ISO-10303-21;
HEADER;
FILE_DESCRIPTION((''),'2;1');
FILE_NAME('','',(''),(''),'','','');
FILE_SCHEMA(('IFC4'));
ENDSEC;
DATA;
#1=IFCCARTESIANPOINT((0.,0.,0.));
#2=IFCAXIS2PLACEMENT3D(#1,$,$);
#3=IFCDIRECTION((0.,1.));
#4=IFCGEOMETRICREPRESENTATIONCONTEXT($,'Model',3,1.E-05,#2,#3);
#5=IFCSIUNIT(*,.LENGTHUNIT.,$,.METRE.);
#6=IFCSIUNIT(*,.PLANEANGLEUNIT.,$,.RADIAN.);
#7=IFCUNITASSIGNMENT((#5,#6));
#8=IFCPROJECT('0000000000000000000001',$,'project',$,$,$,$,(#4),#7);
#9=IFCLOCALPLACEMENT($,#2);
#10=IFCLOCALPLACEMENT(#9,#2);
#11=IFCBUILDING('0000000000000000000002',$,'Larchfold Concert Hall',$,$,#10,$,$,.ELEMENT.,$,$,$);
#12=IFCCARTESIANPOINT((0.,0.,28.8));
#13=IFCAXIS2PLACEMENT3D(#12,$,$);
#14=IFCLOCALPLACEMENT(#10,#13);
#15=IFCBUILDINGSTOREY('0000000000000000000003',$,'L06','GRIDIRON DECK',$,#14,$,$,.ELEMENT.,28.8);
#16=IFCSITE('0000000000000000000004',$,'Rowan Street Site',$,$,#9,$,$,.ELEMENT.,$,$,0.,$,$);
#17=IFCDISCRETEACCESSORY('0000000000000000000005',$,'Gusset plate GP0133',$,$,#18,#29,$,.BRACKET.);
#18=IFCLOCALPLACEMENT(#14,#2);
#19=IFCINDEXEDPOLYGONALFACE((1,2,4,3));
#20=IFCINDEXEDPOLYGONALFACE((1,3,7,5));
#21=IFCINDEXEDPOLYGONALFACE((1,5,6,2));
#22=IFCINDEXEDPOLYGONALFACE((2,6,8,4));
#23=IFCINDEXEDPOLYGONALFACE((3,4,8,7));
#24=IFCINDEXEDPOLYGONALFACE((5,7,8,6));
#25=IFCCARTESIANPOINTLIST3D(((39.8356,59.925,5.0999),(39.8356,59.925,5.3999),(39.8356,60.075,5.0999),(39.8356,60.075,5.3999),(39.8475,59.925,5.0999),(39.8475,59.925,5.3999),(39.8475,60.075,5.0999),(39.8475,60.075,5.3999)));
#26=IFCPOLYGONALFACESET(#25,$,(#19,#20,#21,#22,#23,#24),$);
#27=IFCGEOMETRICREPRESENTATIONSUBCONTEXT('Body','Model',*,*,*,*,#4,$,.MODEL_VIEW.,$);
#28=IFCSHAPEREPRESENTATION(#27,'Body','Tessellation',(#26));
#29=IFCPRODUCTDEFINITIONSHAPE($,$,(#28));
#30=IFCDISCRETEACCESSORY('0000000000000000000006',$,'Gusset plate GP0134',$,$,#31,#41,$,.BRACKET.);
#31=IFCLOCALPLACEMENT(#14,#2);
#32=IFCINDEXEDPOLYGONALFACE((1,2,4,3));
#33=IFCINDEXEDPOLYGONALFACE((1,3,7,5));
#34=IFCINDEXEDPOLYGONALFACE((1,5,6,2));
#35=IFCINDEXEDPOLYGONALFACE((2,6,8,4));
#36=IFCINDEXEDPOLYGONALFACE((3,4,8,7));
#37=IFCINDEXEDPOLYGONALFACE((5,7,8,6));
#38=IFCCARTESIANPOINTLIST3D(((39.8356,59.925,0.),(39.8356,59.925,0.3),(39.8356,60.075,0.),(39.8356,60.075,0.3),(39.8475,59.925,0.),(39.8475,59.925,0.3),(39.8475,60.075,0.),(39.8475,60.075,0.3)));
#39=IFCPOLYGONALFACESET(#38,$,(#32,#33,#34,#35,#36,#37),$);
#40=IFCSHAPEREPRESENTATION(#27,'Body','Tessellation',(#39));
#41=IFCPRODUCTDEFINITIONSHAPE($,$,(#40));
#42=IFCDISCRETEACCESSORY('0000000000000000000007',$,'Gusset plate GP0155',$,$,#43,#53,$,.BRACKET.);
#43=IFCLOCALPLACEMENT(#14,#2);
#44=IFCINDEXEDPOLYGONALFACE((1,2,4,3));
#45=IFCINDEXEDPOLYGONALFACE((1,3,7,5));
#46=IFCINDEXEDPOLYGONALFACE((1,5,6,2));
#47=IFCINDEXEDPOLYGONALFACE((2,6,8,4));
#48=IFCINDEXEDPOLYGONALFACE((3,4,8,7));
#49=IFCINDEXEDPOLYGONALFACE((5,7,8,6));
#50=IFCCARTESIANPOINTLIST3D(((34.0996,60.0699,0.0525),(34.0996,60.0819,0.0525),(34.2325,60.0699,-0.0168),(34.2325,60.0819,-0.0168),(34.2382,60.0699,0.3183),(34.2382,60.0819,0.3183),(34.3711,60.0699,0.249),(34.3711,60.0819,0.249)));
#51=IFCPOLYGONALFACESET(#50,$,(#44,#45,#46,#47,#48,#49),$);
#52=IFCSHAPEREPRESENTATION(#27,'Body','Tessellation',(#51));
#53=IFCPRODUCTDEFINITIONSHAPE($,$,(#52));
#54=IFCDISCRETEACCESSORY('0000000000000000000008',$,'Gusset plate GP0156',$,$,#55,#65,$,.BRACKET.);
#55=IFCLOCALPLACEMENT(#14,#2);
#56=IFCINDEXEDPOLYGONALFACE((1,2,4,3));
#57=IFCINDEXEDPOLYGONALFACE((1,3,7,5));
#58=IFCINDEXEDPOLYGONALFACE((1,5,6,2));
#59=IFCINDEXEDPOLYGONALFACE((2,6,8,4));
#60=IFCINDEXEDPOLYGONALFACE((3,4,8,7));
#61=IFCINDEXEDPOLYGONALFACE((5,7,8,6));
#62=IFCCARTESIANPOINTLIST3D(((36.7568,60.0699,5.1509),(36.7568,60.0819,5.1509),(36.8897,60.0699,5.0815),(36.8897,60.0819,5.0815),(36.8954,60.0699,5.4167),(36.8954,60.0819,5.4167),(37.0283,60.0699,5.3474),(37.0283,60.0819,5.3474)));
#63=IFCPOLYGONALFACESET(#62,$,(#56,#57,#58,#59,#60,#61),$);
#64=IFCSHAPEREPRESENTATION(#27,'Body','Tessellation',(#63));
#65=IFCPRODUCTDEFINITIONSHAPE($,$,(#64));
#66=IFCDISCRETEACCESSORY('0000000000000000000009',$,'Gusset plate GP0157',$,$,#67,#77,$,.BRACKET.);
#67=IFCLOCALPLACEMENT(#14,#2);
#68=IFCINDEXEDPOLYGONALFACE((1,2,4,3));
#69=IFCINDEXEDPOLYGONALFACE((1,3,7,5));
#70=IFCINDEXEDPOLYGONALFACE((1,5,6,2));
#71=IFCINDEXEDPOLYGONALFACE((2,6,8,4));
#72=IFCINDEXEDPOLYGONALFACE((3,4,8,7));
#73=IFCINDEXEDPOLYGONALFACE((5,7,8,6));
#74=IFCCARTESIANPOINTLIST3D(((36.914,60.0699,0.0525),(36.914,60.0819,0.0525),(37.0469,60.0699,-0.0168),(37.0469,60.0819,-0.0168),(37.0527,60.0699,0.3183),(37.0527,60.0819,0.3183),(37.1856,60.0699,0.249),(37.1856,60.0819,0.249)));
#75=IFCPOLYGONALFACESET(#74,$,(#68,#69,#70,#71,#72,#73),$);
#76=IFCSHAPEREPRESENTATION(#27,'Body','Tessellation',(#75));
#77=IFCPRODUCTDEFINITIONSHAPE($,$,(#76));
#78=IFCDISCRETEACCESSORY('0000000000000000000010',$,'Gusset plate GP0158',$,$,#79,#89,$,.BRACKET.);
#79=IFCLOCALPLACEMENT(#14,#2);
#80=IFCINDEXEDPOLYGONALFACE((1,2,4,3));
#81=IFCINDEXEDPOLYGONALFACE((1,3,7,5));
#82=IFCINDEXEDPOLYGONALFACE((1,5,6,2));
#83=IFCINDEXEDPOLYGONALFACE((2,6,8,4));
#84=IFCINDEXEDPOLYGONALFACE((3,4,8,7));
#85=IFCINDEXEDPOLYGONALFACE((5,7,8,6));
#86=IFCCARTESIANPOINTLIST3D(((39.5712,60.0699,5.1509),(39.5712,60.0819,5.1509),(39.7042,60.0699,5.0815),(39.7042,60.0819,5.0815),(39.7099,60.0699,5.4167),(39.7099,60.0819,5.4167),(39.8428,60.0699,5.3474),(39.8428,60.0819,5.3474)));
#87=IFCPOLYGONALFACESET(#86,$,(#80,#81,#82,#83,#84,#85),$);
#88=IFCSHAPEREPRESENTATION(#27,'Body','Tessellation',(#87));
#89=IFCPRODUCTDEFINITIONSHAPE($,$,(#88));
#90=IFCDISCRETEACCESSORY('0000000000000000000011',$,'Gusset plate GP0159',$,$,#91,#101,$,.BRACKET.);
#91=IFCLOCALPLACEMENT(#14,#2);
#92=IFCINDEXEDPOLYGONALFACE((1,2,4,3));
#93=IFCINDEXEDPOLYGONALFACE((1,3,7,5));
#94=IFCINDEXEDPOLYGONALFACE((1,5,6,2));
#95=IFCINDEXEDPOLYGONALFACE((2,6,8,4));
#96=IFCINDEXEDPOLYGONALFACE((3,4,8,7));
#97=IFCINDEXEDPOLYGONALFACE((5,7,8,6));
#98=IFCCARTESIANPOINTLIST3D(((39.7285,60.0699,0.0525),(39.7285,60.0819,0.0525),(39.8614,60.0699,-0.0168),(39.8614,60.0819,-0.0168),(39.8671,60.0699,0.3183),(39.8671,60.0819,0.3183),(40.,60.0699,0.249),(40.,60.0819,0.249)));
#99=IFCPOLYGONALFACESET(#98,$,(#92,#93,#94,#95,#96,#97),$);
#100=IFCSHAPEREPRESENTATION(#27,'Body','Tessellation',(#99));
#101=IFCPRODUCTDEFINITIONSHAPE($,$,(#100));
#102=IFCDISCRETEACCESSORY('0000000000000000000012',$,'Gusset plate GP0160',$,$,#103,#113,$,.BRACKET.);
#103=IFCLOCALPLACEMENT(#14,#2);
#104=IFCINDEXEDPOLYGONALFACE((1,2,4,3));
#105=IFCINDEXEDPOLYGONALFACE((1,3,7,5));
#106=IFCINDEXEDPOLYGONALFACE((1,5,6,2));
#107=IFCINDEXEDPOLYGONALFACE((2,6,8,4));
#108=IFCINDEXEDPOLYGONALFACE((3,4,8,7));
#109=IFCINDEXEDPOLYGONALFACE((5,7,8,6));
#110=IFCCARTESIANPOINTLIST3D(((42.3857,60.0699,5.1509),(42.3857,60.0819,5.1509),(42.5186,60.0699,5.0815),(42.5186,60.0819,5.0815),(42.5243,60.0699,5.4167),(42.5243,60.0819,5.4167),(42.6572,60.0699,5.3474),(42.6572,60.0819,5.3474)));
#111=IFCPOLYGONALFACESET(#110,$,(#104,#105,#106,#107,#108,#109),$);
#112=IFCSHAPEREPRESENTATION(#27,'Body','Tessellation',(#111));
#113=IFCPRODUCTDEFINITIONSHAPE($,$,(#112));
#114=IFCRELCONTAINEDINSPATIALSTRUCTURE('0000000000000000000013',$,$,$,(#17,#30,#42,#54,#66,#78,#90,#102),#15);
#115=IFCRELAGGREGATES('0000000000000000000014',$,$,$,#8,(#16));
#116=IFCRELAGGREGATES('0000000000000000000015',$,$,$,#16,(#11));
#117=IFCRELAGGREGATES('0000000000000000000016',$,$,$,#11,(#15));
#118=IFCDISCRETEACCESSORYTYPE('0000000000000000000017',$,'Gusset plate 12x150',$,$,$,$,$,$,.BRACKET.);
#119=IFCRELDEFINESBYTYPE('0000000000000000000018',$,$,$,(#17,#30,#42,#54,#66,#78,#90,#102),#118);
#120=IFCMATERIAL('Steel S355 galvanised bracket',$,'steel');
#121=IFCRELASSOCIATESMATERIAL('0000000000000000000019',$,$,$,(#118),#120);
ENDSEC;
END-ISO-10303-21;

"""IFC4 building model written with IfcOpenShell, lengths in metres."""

from ifc_helpers import new_model, si_unit, direction, frame, origin, origin_2d, place, context, subcontext, project, spatial, rectangle, extrude, material, material_profile, profile_set, type_object, element, save


model = new_model("IFC4")

# Units and contexts
model_context = context("Model", 3, precision=1e-05, world=origin(), true_north=direction((0.0, 1.0)))
body_context = subcontext(model_context, "Body", "Model", "MODEL_VIEW")
ifc_project = project(units=[si_unit("LENGTHUNIT", "METRE"), si_unit("PLANEANGLEUNIT", "RADIAN")], contexts=[model_context])

# Site, building, storey
site_placement = place(None, origin())
site = spatial("IfcSite", under=ifc_project, at=site_placement, Name="Rowan Street Site", CompositionType="ELEMENT", RefElevation=0.0)
building_placement = place(site_placement, origin())
building = spatial("IfcBuilding", under=site, at=building_placement, Name="Larchfold Concert Hall", CompositionType="ELEMENT")
storey_placement = place(building_placement, frame((0.0, 0.0, 28.8)))
storey = spatial("IfcBuildingStorey", under=building, at=storey_placement, Name="L06", Description="GRIDIRON DECK", CompositionType="ELEMENT", Elevation=28.8)

# Discrete accessories
ifc_material_1 = material(Name="Steel S355 galvanised bracket", Category="steel")
ifc_material_profile_1 = material_profile(ifc_material_1, rectangle(XDim=0.012, YDim=0.1499, at=origin_2d()))
ifc_profile_set_1 = profile_set([ifc_material_profile_1], Name="Steel S355 galvanised bracket")
discrete_accessory_type = type_object("IfcDiscreteAccessoryType", Name="Gusset plate 12x150", PredefinedType="BRACKET", material=ifc_profile_set_1)
for number, where, z_axis, x_axis, name in (
    (1, (39.8416, 60.0, 5.3999), (0.0, 0.0, -1.0), (1.0, 0.0, 0.0), "Gusset plate GP0133"),
    (2, (39.8416, 60.0, 0.3), (0.0, 0.0, -1.0), (1.0, 0.0, 0.0), "Gusset plate GP0134"),
):
    element("IfcDiscreteAccessory", number, at=place(storey_placement, frame(where, z_axis=z_axis, x_axis=x_axis)), inside=storey, type_object=discrete_accessory_type, Name=name, PredefinedType="BRACKET", context=body_context, shape_type="SweptSolid", body=[
        extrude(rectangle(XDim=0.012, YDim=0.1499, at=origin_2d()), origin(), (0.0, 0.0, 1.0), 0.3),
    ])
for number, where, z_axis, x_axis, name in (
    (3, (34.166, 60.0759, 0.0178), (0.462455, 0.0, 0.886643), (0.0, 1.0, 0.0), "Gusset plate GP0155"),
    (4, (36.8232, 60.0759, 5.1162), (0.462455, 0.0, 0.886643), (0.0, 1.0, 0.0), "Gusset plate GP0156"),
    (5, (36.9805, 60.0759, 0.0178), (0.462455, 0.0, 0.886643), (0.0, 1.0, 0.0), "Gusset plate GP0157"),
    (6, (39.6377, 60.0759, 5.1162), (0.462455, 0.0, 0.886643), (0.0, 1.0, 0.0), "Gusset plate GP0158"),
    (7, (39.7949, 60.0759, 0.0178), (0.462455, 0.0, 0.886643), (0.0, 1.0, 0.0), "Gusset plate GP0159"),
    (8, (42.4521, 60.0759, 5.1162), (0.462455, 0.0, 0.886643), (0.0, 1.0, 0.0), "Gusset plate GP0160"),
):
    element("IfcDiscreteAccessory", number, at=place(storey_placement, frame(where, z_axis=z_axis, x_axis=x_axis)), inside=storey, type_object=discrete_accessory_type, Name=name, PredefinedType="BRACKET", context=body_context, shape_type="SweptSolid", body=[
        extrude(rectangle(XDim=0.012, YDim=0.1499, at=origin_2d()), origin(), (0.0, 0.0, 1.0), 0.2998),
    ])

save(model, "model.ifc")
